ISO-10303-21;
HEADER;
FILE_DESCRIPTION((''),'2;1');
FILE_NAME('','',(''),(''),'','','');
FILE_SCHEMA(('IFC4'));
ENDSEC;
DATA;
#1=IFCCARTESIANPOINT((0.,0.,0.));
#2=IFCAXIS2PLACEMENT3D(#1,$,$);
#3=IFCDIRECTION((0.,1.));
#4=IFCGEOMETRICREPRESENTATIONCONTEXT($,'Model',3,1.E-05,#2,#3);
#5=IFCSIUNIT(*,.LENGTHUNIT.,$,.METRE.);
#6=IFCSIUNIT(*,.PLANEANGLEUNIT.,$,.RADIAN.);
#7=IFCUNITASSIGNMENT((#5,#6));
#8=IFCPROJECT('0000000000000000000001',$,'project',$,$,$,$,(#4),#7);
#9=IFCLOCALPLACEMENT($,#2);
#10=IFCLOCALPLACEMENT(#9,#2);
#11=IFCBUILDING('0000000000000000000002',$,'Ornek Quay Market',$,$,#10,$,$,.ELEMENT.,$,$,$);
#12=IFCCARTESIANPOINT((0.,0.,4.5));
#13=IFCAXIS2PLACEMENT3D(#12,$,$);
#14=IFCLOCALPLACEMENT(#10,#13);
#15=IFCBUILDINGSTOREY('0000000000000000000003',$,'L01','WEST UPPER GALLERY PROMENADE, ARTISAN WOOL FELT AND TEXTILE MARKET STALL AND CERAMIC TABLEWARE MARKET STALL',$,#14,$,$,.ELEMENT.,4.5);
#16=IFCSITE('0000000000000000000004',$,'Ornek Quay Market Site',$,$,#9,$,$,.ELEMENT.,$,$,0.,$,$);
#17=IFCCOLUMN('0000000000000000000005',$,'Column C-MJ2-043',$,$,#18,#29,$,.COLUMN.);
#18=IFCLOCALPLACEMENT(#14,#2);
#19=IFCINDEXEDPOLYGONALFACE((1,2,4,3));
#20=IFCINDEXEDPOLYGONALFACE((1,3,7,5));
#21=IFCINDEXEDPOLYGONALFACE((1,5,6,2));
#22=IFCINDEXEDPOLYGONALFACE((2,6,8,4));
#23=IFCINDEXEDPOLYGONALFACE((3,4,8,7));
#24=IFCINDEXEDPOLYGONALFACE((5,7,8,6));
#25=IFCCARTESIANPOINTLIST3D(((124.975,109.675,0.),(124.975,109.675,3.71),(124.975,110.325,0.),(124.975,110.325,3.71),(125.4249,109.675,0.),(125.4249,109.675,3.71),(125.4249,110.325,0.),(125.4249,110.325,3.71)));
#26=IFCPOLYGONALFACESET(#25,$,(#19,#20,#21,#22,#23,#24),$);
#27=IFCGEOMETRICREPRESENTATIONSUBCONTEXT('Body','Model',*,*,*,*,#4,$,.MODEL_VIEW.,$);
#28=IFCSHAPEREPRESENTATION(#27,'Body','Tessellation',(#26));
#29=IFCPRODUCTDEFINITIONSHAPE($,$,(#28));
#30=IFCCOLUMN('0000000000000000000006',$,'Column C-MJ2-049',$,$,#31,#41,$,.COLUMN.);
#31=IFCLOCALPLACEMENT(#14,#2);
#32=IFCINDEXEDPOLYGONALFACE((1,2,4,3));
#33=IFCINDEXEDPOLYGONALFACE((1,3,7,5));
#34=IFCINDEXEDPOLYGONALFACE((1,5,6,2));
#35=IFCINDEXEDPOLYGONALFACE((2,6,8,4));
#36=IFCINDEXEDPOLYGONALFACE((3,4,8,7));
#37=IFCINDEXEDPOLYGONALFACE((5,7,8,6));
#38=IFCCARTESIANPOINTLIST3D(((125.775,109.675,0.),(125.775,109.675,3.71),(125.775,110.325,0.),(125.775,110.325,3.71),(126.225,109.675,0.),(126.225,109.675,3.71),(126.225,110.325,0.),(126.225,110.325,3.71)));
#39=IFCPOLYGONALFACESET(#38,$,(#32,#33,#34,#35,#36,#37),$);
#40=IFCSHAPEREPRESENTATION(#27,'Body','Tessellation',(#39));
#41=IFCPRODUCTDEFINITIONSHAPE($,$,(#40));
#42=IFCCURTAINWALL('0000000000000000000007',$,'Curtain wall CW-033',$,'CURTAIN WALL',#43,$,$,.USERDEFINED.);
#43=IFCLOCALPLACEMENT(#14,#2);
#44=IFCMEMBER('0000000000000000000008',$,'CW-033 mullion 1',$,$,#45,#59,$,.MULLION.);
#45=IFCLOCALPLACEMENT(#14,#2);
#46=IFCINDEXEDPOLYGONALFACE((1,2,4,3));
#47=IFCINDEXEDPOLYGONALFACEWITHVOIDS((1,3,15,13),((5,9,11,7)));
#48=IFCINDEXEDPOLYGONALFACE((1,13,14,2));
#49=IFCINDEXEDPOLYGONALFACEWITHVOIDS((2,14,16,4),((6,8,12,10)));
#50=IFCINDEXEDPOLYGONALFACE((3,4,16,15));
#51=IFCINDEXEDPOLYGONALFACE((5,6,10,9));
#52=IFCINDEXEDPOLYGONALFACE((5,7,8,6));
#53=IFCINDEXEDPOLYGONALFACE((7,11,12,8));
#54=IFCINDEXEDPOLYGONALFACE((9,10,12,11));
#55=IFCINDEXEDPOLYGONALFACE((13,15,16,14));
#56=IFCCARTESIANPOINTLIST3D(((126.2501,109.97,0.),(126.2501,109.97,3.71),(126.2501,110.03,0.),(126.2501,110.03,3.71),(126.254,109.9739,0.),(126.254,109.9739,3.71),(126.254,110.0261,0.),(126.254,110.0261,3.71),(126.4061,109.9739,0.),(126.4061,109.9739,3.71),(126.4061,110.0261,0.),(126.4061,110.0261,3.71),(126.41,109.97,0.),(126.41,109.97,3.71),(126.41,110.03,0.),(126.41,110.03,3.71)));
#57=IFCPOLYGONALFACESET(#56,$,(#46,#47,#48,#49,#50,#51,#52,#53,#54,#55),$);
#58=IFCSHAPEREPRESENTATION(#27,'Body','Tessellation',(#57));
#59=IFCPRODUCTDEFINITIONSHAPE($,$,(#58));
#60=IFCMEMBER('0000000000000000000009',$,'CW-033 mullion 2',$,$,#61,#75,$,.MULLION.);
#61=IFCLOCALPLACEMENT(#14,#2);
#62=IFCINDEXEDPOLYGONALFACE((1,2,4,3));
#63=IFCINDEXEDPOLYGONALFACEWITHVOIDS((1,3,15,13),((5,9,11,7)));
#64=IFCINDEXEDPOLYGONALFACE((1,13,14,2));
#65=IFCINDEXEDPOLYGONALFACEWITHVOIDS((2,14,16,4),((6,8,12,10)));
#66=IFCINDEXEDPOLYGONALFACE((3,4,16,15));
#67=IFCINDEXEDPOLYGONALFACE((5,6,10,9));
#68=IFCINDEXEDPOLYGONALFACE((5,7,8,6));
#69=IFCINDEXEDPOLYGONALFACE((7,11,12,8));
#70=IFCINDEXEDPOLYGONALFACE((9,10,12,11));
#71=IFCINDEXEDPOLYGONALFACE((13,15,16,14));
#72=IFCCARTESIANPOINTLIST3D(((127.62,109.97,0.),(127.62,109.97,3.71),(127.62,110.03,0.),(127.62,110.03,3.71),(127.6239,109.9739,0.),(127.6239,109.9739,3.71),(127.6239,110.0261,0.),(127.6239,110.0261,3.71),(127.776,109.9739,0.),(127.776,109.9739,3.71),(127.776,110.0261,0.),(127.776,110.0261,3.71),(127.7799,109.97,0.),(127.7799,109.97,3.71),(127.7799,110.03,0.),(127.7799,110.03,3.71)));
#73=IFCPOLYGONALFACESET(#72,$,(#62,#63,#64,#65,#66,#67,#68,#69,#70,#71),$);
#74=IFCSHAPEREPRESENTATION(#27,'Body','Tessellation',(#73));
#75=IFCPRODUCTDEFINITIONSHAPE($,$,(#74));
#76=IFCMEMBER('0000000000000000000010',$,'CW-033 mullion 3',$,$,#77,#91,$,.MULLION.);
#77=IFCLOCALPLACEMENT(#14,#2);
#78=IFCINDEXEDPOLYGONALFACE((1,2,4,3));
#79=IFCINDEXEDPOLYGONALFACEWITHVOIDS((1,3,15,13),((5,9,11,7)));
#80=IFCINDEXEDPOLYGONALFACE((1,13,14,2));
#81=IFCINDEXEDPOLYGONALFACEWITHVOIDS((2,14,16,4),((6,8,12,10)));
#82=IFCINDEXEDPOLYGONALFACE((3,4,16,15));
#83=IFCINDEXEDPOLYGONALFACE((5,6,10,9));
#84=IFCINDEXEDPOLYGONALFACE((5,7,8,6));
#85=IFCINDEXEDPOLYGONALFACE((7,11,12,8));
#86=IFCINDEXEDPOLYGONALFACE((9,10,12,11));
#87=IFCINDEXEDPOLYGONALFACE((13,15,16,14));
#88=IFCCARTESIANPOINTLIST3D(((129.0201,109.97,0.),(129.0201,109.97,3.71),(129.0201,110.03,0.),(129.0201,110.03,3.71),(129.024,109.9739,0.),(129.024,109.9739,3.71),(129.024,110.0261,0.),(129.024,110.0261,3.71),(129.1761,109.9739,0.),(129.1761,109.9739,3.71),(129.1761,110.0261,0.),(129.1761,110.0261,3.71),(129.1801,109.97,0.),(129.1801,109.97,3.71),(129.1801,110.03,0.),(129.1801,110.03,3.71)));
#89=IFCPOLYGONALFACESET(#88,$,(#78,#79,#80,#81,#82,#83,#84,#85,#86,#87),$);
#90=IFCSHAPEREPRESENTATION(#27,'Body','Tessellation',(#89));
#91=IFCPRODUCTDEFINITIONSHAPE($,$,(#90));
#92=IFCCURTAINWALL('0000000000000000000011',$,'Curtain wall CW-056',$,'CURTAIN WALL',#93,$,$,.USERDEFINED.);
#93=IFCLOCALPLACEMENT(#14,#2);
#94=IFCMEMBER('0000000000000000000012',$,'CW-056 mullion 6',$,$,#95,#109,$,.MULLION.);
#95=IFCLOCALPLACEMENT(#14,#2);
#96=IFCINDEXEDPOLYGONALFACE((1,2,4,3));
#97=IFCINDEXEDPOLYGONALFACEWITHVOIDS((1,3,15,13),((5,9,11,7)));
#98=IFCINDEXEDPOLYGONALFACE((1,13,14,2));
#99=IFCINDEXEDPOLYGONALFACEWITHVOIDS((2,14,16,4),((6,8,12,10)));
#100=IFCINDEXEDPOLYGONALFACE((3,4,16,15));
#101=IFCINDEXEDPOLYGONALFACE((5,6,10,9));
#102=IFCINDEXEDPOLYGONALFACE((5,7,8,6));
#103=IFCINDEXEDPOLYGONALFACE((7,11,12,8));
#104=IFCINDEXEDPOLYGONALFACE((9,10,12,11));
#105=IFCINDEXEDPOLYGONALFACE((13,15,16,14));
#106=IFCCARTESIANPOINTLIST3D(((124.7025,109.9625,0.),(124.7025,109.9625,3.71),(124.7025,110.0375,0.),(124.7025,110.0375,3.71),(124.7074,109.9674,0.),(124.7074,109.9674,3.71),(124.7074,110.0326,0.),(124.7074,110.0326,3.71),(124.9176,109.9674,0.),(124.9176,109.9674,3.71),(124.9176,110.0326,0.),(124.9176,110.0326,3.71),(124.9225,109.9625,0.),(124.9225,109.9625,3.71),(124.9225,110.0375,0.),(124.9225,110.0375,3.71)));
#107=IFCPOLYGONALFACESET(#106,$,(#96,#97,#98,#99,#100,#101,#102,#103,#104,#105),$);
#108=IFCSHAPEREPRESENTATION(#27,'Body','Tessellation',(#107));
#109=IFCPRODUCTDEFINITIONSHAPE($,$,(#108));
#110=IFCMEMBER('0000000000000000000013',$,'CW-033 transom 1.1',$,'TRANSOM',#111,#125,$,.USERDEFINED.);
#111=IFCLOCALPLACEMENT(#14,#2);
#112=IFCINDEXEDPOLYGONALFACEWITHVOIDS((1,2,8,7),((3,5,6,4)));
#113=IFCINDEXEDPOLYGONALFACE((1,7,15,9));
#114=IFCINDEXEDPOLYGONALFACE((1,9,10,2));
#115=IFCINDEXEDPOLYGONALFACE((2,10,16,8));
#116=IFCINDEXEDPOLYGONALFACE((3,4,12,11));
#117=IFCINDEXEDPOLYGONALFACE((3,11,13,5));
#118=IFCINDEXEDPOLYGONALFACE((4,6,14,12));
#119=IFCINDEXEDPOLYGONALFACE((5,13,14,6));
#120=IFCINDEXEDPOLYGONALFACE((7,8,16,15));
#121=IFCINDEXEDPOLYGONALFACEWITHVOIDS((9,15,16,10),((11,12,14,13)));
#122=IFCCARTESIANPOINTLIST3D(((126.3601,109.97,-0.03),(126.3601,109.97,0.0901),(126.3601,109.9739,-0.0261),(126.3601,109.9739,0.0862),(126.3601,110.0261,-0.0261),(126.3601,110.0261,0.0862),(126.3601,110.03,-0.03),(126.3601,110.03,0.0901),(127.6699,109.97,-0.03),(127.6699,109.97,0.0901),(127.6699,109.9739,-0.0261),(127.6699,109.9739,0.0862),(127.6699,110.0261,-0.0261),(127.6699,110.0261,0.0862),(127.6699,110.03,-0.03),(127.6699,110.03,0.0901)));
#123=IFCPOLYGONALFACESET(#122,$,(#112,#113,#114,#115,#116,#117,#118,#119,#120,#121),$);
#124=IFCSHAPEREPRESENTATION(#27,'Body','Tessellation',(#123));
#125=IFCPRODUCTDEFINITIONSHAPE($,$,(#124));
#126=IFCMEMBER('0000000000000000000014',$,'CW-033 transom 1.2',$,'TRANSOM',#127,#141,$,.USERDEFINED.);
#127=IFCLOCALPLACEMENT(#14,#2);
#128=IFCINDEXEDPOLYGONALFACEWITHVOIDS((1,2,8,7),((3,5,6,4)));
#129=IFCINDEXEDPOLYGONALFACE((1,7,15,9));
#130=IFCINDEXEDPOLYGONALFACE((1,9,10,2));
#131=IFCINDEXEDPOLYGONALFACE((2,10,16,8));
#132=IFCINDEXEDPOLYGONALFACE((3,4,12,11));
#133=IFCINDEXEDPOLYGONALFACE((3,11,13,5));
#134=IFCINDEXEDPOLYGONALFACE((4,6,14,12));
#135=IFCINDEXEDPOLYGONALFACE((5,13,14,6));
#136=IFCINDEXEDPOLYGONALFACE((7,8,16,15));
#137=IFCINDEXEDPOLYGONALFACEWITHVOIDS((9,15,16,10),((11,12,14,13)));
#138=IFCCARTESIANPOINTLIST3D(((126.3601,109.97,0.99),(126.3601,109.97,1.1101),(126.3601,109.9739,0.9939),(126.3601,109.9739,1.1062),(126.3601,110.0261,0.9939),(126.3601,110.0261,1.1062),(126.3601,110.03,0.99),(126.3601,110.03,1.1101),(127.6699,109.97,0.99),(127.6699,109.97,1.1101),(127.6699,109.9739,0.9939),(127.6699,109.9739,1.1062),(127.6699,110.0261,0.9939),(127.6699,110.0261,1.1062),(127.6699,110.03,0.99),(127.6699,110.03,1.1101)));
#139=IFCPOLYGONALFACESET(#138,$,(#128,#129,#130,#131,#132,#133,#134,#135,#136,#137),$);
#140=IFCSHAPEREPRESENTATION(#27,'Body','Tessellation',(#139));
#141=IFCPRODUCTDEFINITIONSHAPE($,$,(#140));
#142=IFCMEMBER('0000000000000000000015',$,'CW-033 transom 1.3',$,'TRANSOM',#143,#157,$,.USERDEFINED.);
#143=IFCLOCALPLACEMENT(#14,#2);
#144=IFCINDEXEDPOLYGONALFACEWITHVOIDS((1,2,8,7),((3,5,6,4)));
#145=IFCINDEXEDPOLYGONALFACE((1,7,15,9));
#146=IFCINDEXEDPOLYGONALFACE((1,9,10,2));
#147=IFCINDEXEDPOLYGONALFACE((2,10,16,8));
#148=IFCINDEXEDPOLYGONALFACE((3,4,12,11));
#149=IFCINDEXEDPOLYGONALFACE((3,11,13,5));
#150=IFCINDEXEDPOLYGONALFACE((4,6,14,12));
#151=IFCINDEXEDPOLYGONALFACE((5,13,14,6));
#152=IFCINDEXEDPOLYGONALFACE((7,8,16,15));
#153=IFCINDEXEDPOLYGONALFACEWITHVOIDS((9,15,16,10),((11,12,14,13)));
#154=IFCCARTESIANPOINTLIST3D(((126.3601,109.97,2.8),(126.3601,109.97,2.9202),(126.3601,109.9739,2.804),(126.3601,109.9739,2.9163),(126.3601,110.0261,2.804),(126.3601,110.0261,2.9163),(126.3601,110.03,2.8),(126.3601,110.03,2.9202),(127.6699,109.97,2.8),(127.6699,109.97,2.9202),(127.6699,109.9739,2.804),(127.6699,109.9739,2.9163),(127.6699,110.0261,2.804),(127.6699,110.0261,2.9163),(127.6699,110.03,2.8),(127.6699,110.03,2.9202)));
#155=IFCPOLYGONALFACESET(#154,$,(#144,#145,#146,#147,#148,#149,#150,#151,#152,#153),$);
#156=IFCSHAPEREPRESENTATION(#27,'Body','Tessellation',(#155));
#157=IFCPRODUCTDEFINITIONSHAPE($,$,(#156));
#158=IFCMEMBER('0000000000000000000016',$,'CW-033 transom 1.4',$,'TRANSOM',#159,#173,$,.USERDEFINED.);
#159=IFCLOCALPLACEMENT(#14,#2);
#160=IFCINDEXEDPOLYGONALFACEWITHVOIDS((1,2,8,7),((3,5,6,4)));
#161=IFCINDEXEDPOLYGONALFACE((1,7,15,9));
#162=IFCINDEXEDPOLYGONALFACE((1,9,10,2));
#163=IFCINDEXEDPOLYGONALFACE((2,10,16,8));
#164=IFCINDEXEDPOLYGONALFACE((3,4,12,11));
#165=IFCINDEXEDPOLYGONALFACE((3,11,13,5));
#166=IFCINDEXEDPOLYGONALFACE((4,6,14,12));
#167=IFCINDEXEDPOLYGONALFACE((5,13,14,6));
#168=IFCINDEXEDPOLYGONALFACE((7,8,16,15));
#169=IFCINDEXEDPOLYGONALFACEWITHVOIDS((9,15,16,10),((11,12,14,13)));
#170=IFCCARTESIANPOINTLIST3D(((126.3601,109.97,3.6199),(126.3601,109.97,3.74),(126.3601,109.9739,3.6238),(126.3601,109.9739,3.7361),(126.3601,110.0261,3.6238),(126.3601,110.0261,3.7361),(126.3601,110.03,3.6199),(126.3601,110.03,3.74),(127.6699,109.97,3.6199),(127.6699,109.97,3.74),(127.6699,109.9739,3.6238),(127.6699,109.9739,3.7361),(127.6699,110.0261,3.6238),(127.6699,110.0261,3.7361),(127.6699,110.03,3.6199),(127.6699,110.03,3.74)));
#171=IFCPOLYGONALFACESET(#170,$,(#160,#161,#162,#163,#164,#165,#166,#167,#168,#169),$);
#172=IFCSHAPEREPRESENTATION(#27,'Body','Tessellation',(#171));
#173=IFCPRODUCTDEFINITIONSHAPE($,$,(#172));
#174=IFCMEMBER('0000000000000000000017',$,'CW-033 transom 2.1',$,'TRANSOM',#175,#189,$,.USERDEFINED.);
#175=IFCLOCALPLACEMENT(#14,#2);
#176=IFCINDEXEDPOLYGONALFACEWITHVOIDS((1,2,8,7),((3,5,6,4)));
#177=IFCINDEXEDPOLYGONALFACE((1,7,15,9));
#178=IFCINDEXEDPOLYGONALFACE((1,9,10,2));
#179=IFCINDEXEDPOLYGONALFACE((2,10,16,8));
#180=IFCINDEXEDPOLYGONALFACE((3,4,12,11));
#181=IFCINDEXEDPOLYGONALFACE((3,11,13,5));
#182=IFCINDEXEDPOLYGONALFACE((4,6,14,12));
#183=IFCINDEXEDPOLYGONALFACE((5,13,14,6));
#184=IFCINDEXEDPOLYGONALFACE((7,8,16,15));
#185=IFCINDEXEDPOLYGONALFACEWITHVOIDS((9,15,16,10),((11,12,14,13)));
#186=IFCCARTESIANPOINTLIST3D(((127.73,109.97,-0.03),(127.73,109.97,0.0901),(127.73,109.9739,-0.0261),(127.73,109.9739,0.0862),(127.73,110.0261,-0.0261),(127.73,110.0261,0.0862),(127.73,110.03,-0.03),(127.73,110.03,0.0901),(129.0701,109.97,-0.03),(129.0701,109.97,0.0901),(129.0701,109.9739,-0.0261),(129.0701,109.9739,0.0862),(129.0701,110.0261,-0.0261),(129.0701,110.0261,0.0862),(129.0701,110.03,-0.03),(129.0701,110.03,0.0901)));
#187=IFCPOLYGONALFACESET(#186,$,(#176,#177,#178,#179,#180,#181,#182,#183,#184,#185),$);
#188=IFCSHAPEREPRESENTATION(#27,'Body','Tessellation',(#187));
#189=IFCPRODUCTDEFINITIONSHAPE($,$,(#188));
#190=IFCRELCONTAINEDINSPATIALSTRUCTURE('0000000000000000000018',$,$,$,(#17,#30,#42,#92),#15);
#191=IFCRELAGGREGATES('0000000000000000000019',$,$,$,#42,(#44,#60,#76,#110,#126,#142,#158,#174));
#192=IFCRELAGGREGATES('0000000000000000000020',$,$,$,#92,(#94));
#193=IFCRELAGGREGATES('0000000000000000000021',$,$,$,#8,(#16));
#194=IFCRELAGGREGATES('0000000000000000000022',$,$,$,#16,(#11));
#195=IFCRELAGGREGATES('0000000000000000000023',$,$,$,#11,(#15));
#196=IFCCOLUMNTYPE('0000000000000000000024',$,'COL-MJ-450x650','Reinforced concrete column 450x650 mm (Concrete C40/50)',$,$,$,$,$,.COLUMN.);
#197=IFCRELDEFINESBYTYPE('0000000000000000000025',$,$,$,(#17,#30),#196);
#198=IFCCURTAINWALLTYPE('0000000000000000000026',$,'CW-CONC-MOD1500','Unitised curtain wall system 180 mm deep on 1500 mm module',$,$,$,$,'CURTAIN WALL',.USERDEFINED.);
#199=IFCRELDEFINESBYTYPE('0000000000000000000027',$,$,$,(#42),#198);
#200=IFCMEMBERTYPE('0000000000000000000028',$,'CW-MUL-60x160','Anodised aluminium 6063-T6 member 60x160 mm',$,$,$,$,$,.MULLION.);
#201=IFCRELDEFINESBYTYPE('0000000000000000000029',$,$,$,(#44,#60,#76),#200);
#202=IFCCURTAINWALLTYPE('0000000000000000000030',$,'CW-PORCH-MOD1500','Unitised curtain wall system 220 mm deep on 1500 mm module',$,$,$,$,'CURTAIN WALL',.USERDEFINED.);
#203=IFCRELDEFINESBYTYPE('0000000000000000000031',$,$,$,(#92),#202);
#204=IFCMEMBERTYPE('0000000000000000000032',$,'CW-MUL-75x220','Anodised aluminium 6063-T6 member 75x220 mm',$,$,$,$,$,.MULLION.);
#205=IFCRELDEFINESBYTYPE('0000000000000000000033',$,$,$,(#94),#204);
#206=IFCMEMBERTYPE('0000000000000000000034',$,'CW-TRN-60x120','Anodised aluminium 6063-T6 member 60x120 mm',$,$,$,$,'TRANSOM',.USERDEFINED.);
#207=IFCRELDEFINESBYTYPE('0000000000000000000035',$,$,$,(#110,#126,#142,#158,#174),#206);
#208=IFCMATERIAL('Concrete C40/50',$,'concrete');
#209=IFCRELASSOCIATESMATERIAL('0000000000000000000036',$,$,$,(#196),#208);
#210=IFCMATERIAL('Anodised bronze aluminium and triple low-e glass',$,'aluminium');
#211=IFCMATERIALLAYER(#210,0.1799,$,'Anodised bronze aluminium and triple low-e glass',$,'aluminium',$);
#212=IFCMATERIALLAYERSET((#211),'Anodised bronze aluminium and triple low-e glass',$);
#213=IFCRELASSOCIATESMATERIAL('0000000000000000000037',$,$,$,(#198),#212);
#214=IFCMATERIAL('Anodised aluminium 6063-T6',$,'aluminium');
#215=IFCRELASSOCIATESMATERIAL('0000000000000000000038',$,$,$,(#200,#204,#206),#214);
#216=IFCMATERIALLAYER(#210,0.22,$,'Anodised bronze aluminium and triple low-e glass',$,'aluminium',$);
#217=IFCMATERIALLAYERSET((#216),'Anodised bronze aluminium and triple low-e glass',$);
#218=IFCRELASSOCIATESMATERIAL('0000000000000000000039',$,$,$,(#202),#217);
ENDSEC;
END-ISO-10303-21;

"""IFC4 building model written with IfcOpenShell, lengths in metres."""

from ifc_helpers import new_model, si_unit, direction, frame, origin, origin_2d, place, context, subcontext, project, spatial, rectangle, hollow_rectangle, extrude, material, layer, layer_set, material_profile, profile_set, type_object, element, aggregate, save


model = new_model("IFC4")

# Units and contexts
model_context = context("Model", 3, precision=1e-05, world=origin(), true_north=direction((0.0, 1.0)))
body_context = subcontext(model_context, "Body", "Model", "MODEL_VIEW")
ifc_project = project(units=[si_unit("LENGTHUNIT", "METRE"), si_unit("PLANEANGLEUNIT", "RADIAN")], contexts=[model_context])

# Site, building, storey
site_placement = place(None, origin())
site = spatial("IfcSite", under=ifc_project, at=site_placement, Name="Ornek Quay Market Site", CompositionType="ELEMENT", RefElevation=0.0)
building_placement = place(site_placement, origin())
building = spatial("IfcBuilding", under=site, at=building_placement, Name="Ornek Quay Market", CompositionType="ELEMENT")
storey_placement = place(building_placement, frame((0.0, 0.0, 4.5)))
storey = spatial("IfcBuildingStorey", under=building, at=storey_placement, Name="L01", Description="WEST UPPER GALLERY PROMENADE, ARTISAN WOOL FELT AND TEXTILE MARKET STALL AND CERAMIC TABLEWARE MARKET STALL", CompositionType="ELEMENT", Elevation=4.5)

# Columns
ifc_material_1 = material(Name="Concrete C40/50", Category="concrete")
ifc_material_profile_1 = material_profile(ifc_material_1, rectangle(XDim=0.45, YDim=0.6499, at=origin_2d()), Name="RC 450x650", Category="concrete")
ifc_profile_set_1 = profile_set([ifc_material_profile_1], Name="Concrete C40/50")
column_type = type_object("IfcColumnType", Name="COL-MJ-450x650", Description="Reinforced concrete column 450x650 mm (Concrete C40/50)", PredefinedType="COLUMN", material=ifc_profile_set_1)
for number, where, z_axis, x_axis, name in (
    (1, (125.2, 110.0, 0.0), (0.0, 0.0, 1.0), (1.0, 0.0, 0.0), "Column C-MJ2-043"),
    (2, (126.0, 110.0, 0.0), (0.0, 0.0, 1.0), (1.0, 0.0, 0.0), "Column C-MJ2-049"),
):
    element("IfcColumn", number, at=place(storey_placement, frame(where, z_axis=z_axis, x_axis=x_axis)), inside=storey, type_object=column_type, Name=name, PredefinedType="COLUMN", context=body_context, shape_type="SweptSolid", body=[
        extrude(rectangle(XDim=0.45, YDim=0.6499, at=origin_2d()), origin(), (0.0, 0.0, 1.0), 3.71),
    ])

# Curtain wall, members
ifc_material_2 = material(Name="Anodised bronze aluminium and triple low-e glass", Category="aluminium")
ifc_layer_1 = layer(ifc_material_2, 0.1799, Name="Anodised bronze aluminium and triple low-e glass", Category="aluminium")
ifc_layer_set_1 = layer_set([ifc_layer_1], Name="Anodised bronze aluminium and triple low-e glass")
curtain_wall_type_1 = type_object("IfcCurtainWallType", Name="CW-CONC-MOD1500", Description="Unitised curtain wall system 180 mm deep on 1500 mm module", ElementType="CURTAIN WALL", PredefinedType="USERDEFINED", material=ifc_layer_set_1)
curtain_wall_1_placement = place(storey_placement, origin())
curtain_wall_1 = element("IfcCurtainWall", 3, at=curtain_wall_1_placement, inside=storey, type_object=curtain_wall_type_1, Name="Curtain wall CW-033", ObjectType="CURTAIN WALL", PredefinedType="USERDEFINED")
ifc_material_3 = material(Name="Anodised aluminium 6063-T6", Category="aluminium")
ifc_material_profile_2 = material_profile(ifc_material_3, hollow_rectangle(XDim=0.0601, YDim=0.1599, WallThickness=0.0039, at=origin_2d()), Name="CW-MUL-60x160", Category="aluminium")
ifc_profile_set_2 = profile_set([ifc_material_profile_2], Name="Anodised aluminium 6063-T6")
member_type_1 = type_object("IfcMemberType", Name="CW-MUL-60x160", Description="Anodised aluminium 6063-T6 member 60x160 mm", PredefinedType="MULLION", material=ifc_profile_set_2)
member_1_placement = place(storey_placement, frame((126.3301, 110.0, 0.0), z_axis=(0.0, 0.0, 1.0), x_axis=(0.0, 1.0, 0.0)))
member_1 = element("IfcMember", 4, at=member_1_placement, type_object=member_type_1, Name="CW-033 mullion 1", PredefinedType="MULLION", context=body_context, shape_type="SweptSolid", body=[
    extrude(hollow_rectangle(XDim=0.0601, YDim=0.1599, WallThickness=0.0039, at=origin_2d()), origin(), (0.0, 0.0, 1.0), 3.71),
])
member_2_placement = place(storey_placement, frame((127.7, 110.0, 0.0), z_axis=(0.0, 0.0, 1.0), x_axis=(0.0, 1.0, 0.0)))
member_2 = element("IfcMember", 5, at=member_2_placement, type_object=member_type_1, Name="CW-033 mullion 2", PredefinedType="MULLION", context=body_context, shape_type="SweptSolid", body=[
    extrude(hollow_rectangle(XDim=0.0601, YDim=0.1599, WallThickness=0.0039, at=origin_2d()), origin(), (0.0, 0.0, 1.0), 3.71),
])
member_3_placement = place(storey_placement, frame((129.1001, 110.0, 0.0), z_axis=(0.0, 0.0, 1.0), x_axis=(0.0, 1.0, 0.0)))
member_3 = element("IfcMember", 6, at=member_3_placement, type_object=member_type_1, Name="CW-033 mullion 3", PredefinedType="MULLION", context=body_context, shape_type="SweptSolid", body=[
    extrude(hollow_rectangle(XDim=0.0601, YDim=0.1599, WallThickness=0.0039, at=origin_2d()), origin(), (0.0, 0.0, 1.0), 3.71),
])

# Curtain wall, member
ifc_layer_2 = layer(ifc_material_2, 0.22, Name="Anodised bronze aluminium and triple low-e glass", Category="aluminium")
ifc_layer_set_2 = layer_set([ifc_layer_2], Name="Anodised bronze aluminium and triple low-e glass")
curtain_wall_type_2 = type_object("IfcCurtainWallType", Name="CW-PORCH-MOD1500", Description="Unitised curtain wall system 220 mm deep on 1500 mm module", ElementType="CURTAIN WALL", PredefinedType="USERDEFINED", material=ifc_layer_set_2)
curtain_wall_2_placement = place(storey_placement, origin())
curtain_wall_2 = element("IfcCurtainWall", 7, at=curtain_wall_2_placement, inside=storey, type_object=curtain_wall_type_2, Name="Curtain wall CW-056", ObjectType="CURTAIN WALL", PredefinedType="USERDEFINED")
ifc_material_profile_3 = material_profile(ifc_material_3, hollow_rectangle(XDim=0.075, YDim=0.22, WallThickness=0.0049, at=origin_2d()), Name="CW-MUL-75x220", Category="aluminium")
ifc_profile_set_3 = profile_set([ifc_material_profile_3], Name="Anodised aluminium 6063-T6")
member_type_2 = type_object("IfcMemberType", Name="CW-MUL-75x220", Description="Anodised aluminium 6063-T6 member 75x220 mm", PredefinedType="MULLION", material=ifc_profile_set_3)
member_4_placement = place(storey_placement, frame((124.8125, 110.0, 0.0), z_axis=(0.0, 0.0, 1.0), x_axis=(0.0, 1.0, 0.0)))
member_4 = element("IfcMember", 8, at=member_4_placement, type_object=member_type_2, Name="CW-056 mullion 6", PredefinedType="MULLION", context=body_context, shape_type="SweptSolid", body=[
    extrude(hollow_rectangle(XDim=0.075, YDim=0.22, WallThickness=0.0049, at=origin_2d()), origin(), (0.0, 0.0, 1.0), 3.71),
])

# Members
ifc_material_profile_4 = material_profile(ifc_material_3, hollow_rectangle(XDim=0.0601, YDim=0.1201, WallThickness=0.0039, at=origin_2d()), Name="CW-TRN-60x120", Category="aluminium")
ifc_profile_set_4 = profile_set([ifc_material_profile_4], Name="Anodised aluminium 6063-T6")
member_type_3 = type_object("IfcMemberType", Name="CW-TRN-60x120", Description="Anodised aluminium 6063-T6 member 60x120 mm", ElementType="TRANSOM", PredefinedType="USERDEFINED", material=ifc_profile_set_4)
member_5_placement = place(storey_placement, frame((126.3601, 110.0, 0.03), z_axis=(1.0, 0.0, 0.0), x_axis=(0.0, 1.0, 0.0)))
member_5 = element("IfcMember", 9, at=member_5_placement, type_object=member_type_3, Name="CW-033 transom 1.1", ObjectType="TRANSOM", PredefinedType="USERDEFINED", context=body_context, shape_type="SweptSolid", body=[
    extrude(hollow_rectangle(XDim=0.0601, YDim=0.1201, WallThickness=0.0039, at=origin_2d()), origin(), (0.0, 0.0, 1.0), 1.3098),
])
member_6_placement = place(storey_placement, frame((126.3601, 110.0, 1.05), z_axis=(1.0, 0.0, 0.0), x_axis=(0.0, 1.0, 0.0)))
member_6 = element("IfcMember", 10, at=member_6_placement, type_object=member_type_3, Name="CW-033 transom 1.2", ObjectType="TRANSOM", PredefinedType="USERDEFINED", context=body_context, shape_type="SweptSolid", body=[
    extrude(hollow_rectangle(XDim=0.0601, YDim=0.1201, WallThickness=0.0039, at=origin_2d()), origin(), (0.0, 0.0, 1.0), 1.3098),
])
member_7_placement = place(storey_placement, frame((126.3601, 110.0, 2.8601), z_axis=(1.0, 0.0, 0.0), x_axis=(0.0, 1.0, 0.0)))
member_7 = element("IfcMember", 11, at=member_7_placement, type_object=member_type_3, Name="CW-033 transom 1.3", ObjectType="TRANSOM", PredefinedType="USERDEFINED", context=body_context, shape_type="SweptSolid", body=[
    extrude(hollow_rectangle(XDim=0.0601, YDim=0.1201, WallThickness=0.0039, at=origin_2d()), origin(), (0.0, 0.0, 1.0), 1.3098),
])
member_8_placement = place(storey_placement, frame((126.3601, 110.0, 3.6799), z_axis=(1.0, 0.0, 0.0), x_axis=(0.0, 1.0, 0.0)))
member_8 = element("IfcMember", 12, at=member_8_placement, type_object=member_type_3, Name="CW-033 transom 1.4", ObjectType="TRANSOM", PredefinedType="USERDEFINED", context=body_context, shape_type="SweptSolid", body=[
    extrude(hollow_rectangle(XDim=0.0601, YDim=0.1201, WallThickness=0.0039, at=origin_2d()), origin(), (0.0, 0.0, 1.0), 1.3098),
])
member_9_placement = place(storey_placement, frame((127.73, 110.0, 0.03), z_axis=(1.0, 0.0, 0.0), x_axis=(0.0, 1.0, 0.0)))
member_9 = element("IfcMember", 13, at=member_9_placement, type_object=member_type_3, Name="CW-033 transom 2.1", ObjectType="TRANSOM", PredefinedType="USERDEFINED", context=body_context, shape_type="SweptSolid", body=[
    extrude(hollow_rectangle(XDim=0.0601, YDim=0.1201, WallThickness=0.0039, at=origin_2d()), origin(), (0.0, 0.0, 1.0), 1.3401),
])

aggregate(curtain_wall_1, [member_1, member_2, member_3, member_5, member_6, member_7, member_8, member_9])
aggregate(curtain_wall_2, [member_4])

save(model, "model.ifc")
